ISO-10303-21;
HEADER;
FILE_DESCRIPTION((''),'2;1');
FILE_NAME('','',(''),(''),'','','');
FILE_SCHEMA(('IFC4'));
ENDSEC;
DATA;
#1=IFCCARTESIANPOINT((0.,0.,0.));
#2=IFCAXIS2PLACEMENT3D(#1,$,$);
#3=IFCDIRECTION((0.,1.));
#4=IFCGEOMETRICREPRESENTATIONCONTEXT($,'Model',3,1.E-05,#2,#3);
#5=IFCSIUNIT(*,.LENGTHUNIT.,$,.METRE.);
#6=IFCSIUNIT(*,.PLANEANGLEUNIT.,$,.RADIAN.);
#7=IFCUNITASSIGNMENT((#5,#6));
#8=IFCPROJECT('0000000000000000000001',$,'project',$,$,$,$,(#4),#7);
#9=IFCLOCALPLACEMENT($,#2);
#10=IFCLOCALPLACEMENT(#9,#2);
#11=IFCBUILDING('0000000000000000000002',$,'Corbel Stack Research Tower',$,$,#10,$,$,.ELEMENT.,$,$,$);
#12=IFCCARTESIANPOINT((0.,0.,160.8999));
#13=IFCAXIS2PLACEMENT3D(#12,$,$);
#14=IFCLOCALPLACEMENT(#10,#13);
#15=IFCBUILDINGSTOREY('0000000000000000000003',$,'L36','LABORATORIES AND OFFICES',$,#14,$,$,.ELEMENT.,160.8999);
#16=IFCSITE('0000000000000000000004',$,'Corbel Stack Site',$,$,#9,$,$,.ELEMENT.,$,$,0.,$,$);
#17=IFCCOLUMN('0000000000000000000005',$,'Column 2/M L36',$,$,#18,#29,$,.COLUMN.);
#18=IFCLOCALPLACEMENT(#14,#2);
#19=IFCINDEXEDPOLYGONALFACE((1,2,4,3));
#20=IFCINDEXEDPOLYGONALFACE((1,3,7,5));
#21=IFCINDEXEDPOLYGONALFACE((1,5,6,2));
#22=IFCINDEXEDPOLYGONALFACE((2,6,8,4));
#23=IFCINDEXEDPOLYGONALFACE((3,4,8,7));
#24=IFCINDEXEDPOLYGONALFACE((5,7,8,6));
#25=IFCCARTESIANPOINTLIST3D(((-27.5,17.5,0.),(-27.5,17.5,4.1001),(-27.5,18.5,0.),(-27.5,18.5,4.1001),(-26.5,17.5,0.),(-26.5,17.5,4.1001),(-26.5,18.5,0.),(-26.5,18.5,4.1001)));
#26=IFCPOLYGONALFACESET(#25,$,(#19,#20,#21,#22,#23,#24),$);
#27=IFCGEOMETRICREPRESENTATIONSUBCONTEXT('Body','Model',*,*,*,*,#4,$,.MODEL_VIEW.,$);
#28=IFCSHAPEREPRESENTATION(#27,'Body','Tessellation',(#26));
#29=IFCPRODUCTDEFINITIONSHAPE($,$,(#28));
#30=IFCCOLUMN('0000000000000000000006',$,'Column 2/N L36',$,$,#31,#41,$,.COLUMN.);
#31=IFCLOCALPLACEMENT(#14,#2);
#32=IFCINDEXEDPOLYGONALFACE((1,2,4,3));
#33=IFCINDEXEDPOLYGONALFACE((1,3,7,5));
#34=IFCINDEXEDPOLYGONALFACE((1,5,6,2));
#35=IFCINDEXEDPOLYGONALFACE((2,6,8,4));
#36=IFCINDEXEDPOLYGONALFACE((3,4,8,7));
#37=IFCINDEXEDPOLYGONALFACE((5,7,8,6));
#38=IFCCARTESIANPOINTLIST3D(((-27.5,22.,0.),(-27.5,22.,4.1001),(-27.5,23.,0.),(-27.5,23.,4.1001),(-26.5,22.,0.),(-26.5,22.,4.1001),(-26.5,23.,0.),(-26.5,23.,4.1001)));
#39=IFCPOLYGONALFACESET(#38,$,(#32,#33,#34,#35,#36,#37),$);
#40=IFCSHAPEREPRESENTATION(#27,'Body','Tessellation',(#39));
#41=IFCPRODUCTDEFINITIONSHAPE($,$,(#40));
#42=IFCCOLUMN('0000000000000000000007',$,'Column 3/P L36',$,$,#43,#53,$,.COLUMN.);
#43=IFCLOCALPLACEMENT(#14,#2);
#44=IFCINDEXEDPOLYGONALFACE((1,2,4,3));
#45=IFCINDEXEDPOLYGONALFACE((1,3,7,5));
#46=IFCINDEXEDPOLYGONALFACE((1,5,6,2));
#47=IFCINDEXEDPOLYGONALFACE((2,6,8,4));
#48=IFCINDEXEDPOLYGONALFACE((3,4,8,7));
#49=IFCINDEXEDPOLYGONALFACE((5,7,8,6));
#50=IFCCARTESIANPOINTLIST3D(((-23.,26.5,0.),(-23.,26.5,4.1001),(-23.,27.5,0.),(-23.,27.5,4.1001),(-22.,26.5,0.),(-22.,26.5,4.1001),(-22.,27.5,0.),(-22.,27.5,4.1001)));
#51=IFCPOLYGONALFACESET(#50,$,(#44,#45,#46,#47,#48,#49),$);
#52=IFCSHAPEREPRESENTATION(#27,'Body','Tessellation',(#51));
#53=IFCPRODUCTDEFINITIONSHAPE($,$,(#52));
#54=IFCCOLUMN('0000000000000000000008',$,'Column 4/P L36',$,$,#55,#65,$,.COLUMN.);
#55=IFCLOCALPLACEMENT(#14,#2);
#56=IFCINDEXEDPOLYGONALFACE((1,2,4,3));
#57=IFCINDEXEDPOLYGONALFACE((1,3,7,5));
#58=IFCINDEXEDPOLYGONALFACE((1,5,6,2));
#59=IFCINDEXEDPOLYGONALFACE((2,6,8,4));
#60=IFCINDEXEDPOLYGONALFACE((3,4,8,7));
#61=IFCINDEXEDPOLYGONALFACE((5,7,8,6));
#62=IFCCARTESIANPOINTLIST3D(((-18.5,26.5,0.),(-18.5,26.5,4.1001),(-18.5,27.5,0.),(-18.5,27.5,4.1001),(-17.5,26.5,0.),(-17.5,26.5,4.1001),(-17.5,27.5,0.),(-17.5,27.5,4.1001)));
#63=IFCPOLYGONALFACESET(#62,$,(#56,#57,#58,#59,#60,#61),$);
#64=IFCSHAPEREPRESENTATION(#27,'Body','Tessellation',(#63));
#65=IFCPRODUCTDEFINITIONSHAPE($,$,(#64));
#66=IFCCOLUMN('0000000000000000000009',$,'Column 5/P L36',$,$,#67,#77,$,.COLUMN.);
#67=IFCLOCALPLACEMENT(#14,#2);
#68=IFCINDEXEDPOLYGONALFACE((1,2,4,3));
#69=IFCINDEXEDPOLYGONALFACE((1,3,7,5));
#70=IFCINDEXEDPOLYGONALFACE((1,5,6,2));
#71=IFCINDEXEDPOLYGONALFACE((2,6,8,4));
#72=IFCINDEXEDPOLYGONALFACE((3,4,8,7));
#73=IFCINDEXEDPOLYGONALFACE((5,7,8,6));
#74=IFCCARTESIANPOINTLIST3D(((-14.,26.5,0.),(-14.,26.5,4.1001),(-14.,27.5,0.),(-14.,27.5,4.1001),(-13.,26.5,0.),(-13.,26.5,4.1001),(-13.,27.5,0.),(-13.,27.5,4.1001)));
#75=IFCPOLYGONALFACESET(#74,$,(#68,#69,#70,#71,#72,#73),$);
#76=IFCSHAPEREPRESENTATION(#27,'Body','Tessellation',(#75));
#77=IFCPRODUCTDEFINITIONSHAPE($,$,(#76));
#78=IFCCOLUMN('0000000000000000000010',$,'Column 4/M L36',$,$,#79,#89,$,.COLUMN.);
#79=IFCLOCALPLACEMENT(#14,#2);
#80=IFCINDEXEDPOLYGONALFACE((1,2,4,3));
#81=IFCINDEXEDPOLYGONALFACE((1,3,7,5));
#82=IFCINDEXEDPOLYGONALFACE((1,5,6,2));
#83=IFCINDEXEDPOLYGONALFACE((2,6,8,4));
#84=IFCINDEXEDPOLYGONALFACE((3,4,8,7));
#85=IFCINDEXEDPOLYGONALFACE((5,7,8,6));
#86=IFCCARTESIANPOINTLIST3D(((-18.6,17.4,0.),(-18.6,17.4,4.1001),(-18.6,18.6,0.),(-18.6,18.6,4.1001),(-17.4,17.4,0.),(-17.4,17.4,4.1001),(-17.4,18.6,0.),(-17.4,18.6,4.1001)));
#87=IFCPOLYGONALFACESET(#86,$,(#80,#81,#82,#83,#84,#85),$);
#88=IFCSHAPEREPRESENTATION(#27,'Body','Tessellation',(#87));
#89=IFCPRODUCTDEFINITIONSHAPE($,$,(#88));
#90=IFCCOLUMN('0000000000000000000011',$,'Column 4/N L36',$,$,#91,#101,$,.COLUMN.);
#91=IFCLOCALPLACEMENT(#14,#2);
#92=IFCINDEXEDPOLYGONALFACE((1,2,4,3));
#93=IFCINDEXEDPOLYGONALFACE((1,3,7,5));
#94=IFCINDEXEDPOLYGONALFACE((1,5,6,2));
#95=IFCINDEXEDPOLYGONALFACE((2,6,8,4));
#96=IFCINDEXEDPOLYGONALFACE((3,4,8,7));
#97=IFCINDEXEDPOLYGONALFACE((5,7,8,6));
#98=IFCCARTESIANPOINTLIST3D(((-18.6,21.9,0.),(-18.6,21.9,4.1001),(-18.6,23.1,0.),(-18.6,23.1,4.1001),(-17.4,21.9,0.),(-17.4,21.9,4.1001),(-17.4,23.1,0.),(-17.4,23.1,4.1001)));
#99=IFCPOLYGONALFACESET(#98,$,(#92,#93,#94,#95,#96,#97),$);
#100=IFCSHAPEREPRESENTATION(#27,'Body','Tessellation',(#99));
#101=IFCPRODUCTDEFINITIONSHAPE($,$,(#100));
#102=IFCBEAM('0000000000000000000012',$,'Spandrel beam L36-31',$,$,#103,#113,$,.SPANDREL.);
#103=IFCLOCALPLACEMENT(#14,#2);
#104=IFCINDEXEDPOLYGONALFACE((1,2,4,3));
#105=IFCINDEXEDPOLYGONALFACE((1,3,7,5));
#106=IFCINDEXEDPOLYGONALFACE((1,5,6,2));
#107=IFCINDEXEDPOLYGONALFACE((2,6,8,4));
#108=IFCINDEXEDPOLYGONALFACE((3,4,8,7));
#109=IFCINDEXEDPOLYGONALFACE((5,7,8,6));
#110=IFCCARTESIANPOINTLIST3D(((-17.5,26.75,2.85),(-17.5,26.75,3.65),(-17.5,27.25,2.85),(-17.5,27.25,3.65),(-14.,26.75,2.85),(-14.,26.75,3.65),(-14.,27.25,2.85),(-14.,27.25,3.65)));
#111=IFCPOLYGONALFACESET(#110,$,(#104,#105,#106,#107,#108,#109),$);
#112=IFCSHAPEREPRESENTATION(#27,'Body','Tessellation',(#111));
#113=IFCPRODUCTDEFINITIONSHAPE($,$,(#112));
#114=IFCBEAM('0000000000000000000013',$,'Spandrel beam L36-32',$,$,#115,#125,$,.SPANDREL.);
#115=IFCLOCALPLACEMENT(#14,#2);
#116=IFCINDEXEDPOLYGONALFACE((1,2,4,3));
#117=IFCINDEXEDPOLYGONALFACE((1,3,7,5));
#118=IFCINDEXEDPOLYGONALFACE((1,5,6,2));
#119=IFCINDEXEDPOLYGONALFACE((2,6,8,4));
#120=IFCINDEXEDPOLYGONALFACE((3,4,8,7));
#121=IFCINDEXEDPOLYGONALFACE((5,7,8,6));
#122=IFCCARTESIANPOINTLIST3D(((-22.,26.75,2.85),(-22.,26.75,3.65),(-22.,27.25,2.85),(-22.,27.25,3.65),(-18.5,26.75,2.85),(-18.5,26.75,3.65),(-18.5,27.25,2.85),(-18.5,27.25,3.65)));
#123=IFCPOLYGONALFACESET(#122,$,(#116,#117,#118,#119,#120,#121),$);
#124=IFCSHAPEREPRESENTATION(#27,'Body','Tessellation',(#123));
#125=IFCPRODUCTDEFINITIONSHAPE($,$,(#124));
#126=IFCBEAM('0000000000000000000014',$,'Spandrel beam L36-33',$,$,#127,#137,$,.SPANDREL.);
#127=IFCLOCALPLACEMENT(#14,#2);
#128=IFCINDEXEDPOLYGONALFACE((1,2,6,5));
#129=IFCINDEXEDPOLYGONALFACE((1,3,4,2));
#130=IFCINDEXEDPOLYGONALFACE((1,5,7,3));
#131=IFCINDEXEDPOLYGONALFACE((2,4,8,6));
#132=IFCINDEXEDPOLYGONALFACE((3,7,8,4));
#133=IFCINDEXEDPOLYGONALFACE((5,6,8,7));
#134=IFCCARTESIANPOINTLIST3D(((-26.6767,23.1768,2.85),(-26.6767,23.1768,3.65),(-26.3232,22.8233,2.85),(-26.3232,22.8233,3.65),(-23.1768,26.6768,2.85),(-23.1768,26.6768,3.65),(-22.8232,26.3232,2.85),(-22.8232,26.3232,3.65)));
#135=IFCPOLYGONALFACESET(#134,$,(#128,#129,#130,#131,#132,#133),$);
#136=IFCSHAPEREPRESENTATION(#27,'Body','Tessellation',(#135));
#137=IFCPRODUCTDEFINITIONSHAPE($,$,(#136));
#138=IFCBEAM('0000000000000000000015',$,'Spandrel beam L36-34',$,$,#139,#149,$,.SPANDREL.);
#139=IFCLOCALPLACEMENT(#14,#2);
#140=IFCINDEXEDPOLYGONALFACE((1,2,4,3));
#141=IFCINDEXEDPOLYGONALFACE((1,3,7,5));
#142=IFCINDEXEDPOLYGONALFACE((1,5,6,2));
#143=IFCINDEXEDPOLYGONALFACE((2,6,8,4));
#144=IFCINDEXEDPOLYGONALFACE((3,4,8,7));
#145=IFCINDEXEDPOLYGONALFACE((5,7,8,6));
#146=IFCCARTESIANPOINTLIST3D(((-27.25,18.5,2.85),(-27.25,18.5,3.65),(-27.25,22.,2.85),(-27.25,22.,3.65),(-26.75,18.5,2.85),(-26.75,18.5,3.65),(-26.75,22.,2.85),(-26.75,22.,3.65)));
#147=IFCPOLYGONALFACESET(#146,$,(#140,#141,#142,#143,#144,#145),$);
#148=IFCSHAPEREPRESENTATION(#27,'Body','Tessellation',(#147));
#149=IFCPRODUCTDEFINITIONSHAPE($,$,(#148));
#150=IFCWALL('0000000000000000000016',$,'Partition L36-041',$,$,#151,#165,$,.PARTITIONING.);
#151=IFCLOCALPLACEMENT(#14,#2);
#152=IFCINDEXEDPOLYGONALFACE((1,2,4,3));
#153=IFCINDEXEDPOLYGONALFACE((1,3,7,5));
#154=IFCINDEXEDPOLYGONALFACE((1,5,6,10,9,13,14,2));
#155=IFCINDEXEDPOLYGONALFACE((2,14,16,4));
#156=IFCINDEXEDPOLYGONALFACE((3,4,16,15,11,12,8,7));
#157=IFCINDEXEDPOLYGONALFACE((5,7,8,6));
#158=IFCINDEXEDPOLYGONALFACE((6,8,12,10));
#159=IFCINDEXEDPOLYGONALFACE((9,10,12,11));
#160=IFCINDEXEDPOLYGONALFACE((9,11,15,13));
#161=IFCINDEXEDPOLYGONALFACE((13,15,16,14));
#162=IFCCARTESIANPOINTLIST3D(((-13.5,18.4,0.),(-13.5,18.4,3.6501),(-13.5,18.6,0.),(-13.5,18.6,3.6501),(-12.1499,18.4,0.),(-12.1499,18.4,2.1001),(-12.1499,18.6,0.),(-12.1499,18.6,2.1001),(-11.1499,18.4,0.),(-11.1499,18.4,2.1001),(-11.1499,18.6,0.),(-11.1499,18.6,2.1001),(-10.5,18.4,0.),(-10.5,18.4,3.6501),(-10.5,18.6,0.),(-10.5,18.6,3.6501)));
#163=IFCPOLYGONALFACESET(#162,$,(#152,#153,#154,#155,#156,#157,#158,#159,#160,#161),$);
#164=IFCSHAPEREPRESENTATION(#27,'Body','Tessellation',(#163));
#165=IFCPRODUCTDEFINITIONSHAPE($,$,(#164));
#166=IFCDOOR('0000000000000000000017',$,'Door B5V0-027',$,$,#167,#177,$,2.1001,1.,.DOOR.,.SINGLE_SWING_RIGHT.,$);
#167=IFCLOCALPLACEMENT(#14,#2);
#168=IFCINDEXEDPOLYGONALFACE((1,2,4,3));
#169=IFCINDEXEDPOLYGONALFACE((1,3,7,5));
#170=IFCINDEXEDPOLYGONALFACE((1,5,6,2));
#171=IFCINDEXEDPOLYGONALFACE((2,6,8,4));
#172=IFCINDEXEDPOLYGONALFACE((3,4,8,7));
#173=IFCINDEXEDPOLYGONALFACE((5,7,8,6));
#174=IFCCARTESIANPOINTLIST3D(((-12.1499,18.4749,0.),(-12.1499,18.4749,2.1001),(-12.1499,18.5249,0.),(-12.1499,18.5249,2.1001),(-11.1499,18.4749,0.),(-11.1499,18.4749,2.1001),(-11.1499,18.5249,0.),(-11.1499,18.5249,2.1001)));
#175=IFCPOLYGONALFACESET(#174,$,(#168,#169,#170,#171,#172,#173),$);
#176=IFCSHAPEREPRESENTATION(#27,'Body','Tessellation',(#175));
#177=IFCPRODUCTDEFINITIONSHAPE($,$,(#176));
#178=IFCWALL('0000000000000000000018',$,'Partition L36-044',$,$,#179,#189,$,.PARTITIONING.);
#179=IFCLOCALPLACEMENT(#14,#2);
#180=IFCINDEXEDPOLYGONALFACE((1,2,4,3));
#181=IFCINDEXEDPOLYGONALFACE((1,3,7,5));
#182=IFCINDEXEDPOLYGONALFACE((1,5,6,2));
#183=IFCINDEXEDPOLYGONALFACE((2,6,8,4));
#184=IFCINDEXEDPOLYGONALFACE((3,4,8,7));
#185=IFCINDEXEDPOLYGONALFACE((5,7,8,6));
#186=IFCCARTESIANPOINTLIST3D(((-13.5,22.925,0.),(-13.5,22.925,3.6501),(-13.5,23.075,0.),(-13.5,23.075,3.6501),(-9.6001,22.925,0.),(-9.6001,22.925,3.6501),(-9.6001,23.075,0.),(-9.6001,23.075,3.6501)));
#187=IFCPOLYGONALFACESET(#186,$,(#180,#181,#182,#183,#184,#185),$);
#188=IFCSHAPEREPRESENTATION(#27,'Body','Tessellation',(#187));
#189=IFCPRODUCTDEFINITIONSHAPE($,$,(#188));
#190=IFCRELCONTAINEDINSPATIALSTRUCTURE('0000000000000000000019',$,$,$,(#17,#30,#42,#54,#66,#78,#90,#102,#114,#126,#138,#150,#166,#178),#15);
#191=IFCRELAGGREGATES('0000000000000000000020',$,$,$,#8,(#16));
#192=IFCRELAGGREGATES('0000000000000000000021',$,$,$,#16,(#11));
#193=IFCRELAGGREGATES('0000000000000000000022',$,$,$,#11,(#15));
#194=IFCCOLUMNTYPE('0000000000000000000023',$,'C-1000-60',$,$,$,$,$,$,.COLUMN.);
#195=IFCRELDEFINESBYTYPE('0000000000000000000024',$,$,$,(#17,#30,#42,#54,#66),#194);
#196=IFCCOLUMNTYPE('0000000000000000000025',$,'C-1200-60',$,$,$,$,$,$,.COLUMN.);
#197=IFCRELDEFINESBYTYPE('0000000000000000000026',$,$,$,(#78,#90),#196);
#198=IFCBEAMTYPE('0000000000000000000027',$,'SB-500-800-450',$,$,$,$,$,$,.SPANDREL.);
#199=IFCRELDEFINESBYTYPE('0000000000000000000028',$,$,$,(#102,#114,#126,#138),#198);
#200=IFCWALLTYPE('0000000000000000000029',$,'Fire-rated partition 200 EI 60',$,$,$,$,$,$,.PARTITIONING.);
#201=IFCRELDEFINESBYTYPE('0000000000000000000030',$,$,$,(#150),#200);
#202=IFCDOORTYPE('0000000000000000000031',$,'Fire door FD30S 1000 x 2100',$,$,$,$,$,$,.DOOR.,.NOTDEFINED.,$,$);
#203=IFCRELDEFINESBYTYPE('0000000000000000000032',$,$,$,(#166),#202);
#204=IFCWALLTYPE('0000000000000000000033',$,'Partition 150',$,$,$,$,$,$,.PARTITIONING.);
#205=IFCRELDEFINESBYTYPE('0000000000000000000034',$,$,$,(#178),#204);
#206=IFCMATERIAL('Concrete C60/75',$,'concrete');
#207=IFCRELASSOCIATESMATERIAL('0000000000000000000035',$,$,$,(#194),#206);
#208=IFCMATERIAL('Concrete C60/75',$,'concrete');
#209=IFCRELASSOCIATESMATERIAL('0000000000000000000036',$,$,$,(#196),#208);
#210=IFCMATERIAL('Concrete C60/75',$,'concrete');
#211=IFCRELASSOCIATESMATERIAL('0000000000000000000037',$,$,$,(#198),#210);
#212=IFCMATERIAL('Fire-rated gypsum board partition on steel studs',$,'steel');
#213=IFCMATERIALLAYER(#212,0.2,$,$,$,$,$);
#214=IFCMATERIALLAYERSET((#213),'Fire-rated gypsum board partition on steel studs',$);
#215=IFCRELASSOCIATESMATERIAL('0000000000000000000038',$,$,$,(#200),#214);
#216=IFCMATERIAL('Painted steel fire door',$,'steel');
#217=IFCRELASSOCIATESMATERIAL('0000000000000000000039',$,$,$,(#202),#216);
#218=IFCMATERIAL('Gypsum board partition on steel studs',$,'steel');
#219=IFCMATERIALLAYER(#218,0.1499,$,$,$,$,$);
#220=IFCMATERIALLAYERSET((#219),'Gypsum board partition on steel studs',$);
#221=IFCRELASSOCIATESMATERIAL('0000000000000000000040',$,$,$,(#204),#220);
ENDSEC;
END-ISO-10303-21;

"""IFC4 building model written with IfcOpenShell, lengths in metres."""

from ifc_helpers import new_model, si_unit, direction, frame, frame_2d, origin, origin_2d, place, context, subcontext, project, spatial, rectangle, extrude, material, layer, layer_set, material_profile, profile_set, type_object, element, fill, save


model = new_model("IFC4")

# Units and contexts
model_context = context("Model", 3, precision=1e-05, world=origin(), true_north=direction((0.0, 1.0)))
body_context = subcontext(model_context, "Body", "Model", "MODEL_VIEW")
ifc_project = project(units=[si_unit("LENGTHUNIT", "METRE"), si_unit("PLANEANGLEUNIT", "RADIAN")], contexts=[model_context])

# Site, building, storey
site_placement = place(None, origin())
site = spatial("IfcSite", under=ifc_project, at=site_placement, Name="Corbel Stack Site", CompositionType="ELEMENT", RefElevation=0.0)
building_placement = place(site_placement, origin())
building = spatial("IfcBuilding", under=site, at=building_placement, Name="Corbel Stack Research Tower", CompositionType="ELEMENT")
storey_placement = place(building_placement, frame((0.0, 0.0, 160.8999)))
storey = spatial("IfcBuildingStorey", under=building, at=storey_placement, Name="L36", Description="LABORATORIES AND OFFICES", CompositionType="ELEMENT", Elevation=160.8999)

# Columns
ifc_material_1 = material(Name="Concrete C60/75", Category="concrete")
ifc_material_profile_1 = material_profile(ifc_material_1, rectangle(XDim=1.0, YDim=1.0, at=origin_2d()), Name="RC 1000 x 1000")
ifc_profile_set_1 = profile_set([ifc_material_profile_1], Name="Concrete C60/75")
column_type_1 = type_object("IfcColumnType", Name="C-1000-60", PredefinedType="COLUMN", material=ifc_profile_set_1)
for number, where, z_axis, x_axis, name in (
    (1, (-27.0, 18.0, 0.0), (0.0, 0.0, 1.0), (1.0, 0.0, 0.0), "Column 2/M L36"),
    (2, (-27.0, 22.5, 0.0), (0.0, 0.0, 1.0), (1.0, 0.0, 0.0), "Column 2/N L36"),
    (3, (-22.5, 27.0, 0.0), (0.0, 0.0, 1.0), (1.0, 0.0, 0.0), "Column 3/P L36"),
    (4, (-18.0, 27.0, 0.0), (0.0, 0.0, 1.0), (1.0, 0.0, 0.0), "Column 4/P L36"),
    (5, (-13.5, 27.0, 0.0), (0.0, 0.0, 1.0), (1.0, 0.0, 0.0), "Column 5/P L36"),
):
    element("IfcColumn", number, at=place(storey_placement, frame(where, z_axis=z_axis, x_axis=x_axis)), inside=storey, type_object=column_type_1, Name=name, PredefinedType="COLUMN", context=body_context, shape_type="SweptSolid", body=[
        extrude(rectangle(XDim=1.0, YDim=1.0, at=origin_2d()), origin(), (0.0, 0.0, 1.0), 4.1001),
    ])
ifc_material_2 = material(Name="Concrete C60/75", Category="concrete")
ifc_material_profile_2 = material_profile(ifc_material_2, rectangle(XDim=1.2, YDim=1.2, at=origin_2d()), Name="RC 1200 x 1200")
ifc_profile_set_2 = profile_set([ifc_material_profile_2], Name="Concrete C60/75")
column_type_2 = type_object("IfcColumnType", Name="C-1200-60", PredefinedType="COLUMN", material=ifc_profile_set_2)
for number, where, z_axis, x_axis, name in (
    (6, (-18.0, 18.0, 0.0), (0.0, 0.0, 1.0), (1.0, 0.0, 0.0), "Column 4/M L36"),
    (7, (-18.0, 22.5, 0.0), (0.0, 0.0, 1.0), (1.0, 0.0, 0.0), "Column 4/N L36"),
):
    element("IfcColumn", number, at=place(storey_placement, frame(where, z_axis=z_axis, x_axis=x_axis)), inside=storey, type_object=column_type_2, Name=name, PredefinedType="COLUMN", context=body_context, shape_type="SweptSolid", body=[
        extrude(rectangle(XDim=1.2, YDim=1.2, at=origin_2d()), origin(), (0.0, 0.0, 1.0), 4.1001),
    ])

# Beams
ifc_material_3 = material(Name="Concrete C60/75", Category="concrete")
ifc_material_profile_3 = material_profile(ifc_material_3, rectangle(XDim=0.5, YDim=0.8, at=origin_2d()), Name="RC 500 x 800")
ifc_profile_set_3 = profile_set([ifc_material_profile_3], Name="Concrete C60/75")
beam_type = type_object("IfcBeamType", Name="SB-500-800-450", PredefinedType="SPANDREL", material=ifc_profile_set_3)
for number, where, z_axis, x_axis, name in (
    (8, (-14.0, 27.0, 3.25), (-1.0, 0.0, 0.0), (0.0, -1.0, 0.0), "Spandrel beam L36-31"),
    (9, (-18.5, 27.0, 3.25), (-1.0, 0.0, 0.0), (0.0, -1.0, 0.0), "Spandrel beam L36-32"),
):
    element("IfcBeam", number, at=place(storey_placement, frame(where, z_axis=z_axis, x_axis=x_axis)), inside=storey, type_object=beam_type, Name=name, PredefinedType="SPANDREL", context=body_context, shape_type="SweptSolid", body=[
        extrude(rectangle(XDim=0.5, YDim=0.8, at=origin_2d()), origin(), (0.0, 0.0, 1.0), 3.5),
    ])
beam_1_placement = place(storey_placement, frame((-23.0, 26.5, 3.25), z_axis=(-0.707107, -0.707107, 0.0), x_axis=(0.707107, -0.707107, 0.0)))
element("IfcBeam", 10, at=beam_1_placement, inside=storey, type_object=beam_type, Name="Spandrel beam L36-33", PredefinedType="SPANDREL", context=body_context, shape_type="SweptSolid", body=[
    extrude(rectangle(XDim=0.5, YDim=0.8, at=origin_2d()), origin(), (0.0, 0.0, 1.0), 4.9497),
])
beam_2_placement = place(storey_placement, frame((-27.0, 22.0, 3.25), z_axis=(0.0, -1.0, 0.0), x_axis=(1.0, 0.0, 0.0)))
element("IfcBeam", 11, at=beam_2_placement, inside=storey, type_object=beam_type, Name="Spandrel beam L36-34", PredefinedType="SPANDREL", context=body_context, shape_type="SweptSolid", body=[
    extrude(rectangle(XDim=0.5, YDim=0.8, at=origin_2d()), origin(), (0.0, 0.0, 1.0), 3.5),
])

# Wall, opening, door
ifc_material_4 = material(Name="Fire-rated gypsum board partition on steel studs", Category="steel")
ifc_layer_1 = layer(ifc_material_4, 0.2)
ifc_layer_set_1 = layer_set([ifc_layer_1], Name="Fire-rated gypsum board partition on steel studs")
wall_type_1 = type_object("IfcWallType", Name="Fire-rated partition 200 EI 60", PredefinedType="PARTITIONING", material=ifc_layer_set_1)
wall_1_placement = place(storey_placement, frame((-13.5, 18.5, 0.0), z_axis=(0.0, 0.0, 1.0), x_axis=(1.0, 0.0, 0.0)))
wall_1 = element("IfcWall", 12, at=wall_1_placement, inside=storey, type_object=wall_type_1, Name="Partition L36-041", PredefinedType="PARTITIONING", context=body_context, shape_type="SweptSolid", body=[
    extrude(rectangle(XDim=3.0, YDim=0.2, at=frame_2d((1.5, 0.0))), origin(), (0.0, 0.0, 1.0), 3.6501),
])
opening_1_placement = place(wall_1_placement, frame((1.3501, 0.0, 0.0)))
opening_1 = element("IfcOpeningElement", 13, at=opening_1_placement, cuts=wall_1, PredefinedType="OPENING", context=body_context, shape_type="SweptSolid", body=[
    extrude(rectangle(XDim=1.0, YDim=2.1001, at=frame_2d((0.5, 1.05))), frame((0.0, 0.1099, 0.0), z_axis=(0.0, -1.0, 0.0), x_axis=(1.0, 0.0, 0.0)), (0.0, 0.0, 1.0), 0.22),
])
ifc_material_5 = material(Name="Painted steel fire door", Category="steel")
door_type_1 = type_object("IfcDoorType", Name="Fire door FD30S 1000 x 2100", OperationType="NOTDEFINED", PredefinedType="DOOR", material=ifc_material_5)
door_1_placement = place(opening_1_placement, origin())
door_1 = element("IfcDoor", 14, at=door_1_placement, inside=storey, type_object=door_type_1, Name="Door B5V0-027", OperationType="SINGLE_SWING_RIGHT", OverallHeight=2.1001, OverallWidth=1.0, PredefinedType="DOOR", context=body_context, shape_type="SweptSolid", body=[
    extrude(rectangle(XDim=1.0, YDim=2.1001, at=frame_2d((0.5, 1.05))), frame((0.0, 0.0249, 0.0), z_axis=(0.0, -1.0, 0.0), x_axis=(1.0, 0.0, 0.0)), (0.0, 0.0, 1.0), 0.05),
])
fill(opening_1, door_1)

# Wall
ifc_material_6 = material(Name="Gypsum board partition on steel studs", Category="steel")
ifc_layer_2 = layer(ifc_material_6, 0.1499)
ifc_layer_set_2 = layer_set([ifc_layer_2], Name="Gypsum board partition on steel studs")
wall_type_2 = type_object("IfcWallType", Name="Partition 150", PredefinedType="PARTITIONING", material=ifc_layer_set_2)
wall_2_placement = place(storey_placement, frame((-13.5, 23.0, 0.0), z_axis=(0.0, 0.0, 1.0), x_axis=(1.0, 0.0, 0.0)))
element("IfcWall", 15, at=wall_2_placement, inside=storey, type_object=wall_type_2, Name="Partition L36-044", PredefinedType="PARTITIONING", context=body_context, shape_type="SweptSolid", body=[
    extrude(rectangle(XDim=3.8999, YDim=0.1499, at=frame_2d((1.95, 0.0))), origin(), (0.0, 0.0, 1.0), 3.6501),
])

save(model, "model.ifc")
